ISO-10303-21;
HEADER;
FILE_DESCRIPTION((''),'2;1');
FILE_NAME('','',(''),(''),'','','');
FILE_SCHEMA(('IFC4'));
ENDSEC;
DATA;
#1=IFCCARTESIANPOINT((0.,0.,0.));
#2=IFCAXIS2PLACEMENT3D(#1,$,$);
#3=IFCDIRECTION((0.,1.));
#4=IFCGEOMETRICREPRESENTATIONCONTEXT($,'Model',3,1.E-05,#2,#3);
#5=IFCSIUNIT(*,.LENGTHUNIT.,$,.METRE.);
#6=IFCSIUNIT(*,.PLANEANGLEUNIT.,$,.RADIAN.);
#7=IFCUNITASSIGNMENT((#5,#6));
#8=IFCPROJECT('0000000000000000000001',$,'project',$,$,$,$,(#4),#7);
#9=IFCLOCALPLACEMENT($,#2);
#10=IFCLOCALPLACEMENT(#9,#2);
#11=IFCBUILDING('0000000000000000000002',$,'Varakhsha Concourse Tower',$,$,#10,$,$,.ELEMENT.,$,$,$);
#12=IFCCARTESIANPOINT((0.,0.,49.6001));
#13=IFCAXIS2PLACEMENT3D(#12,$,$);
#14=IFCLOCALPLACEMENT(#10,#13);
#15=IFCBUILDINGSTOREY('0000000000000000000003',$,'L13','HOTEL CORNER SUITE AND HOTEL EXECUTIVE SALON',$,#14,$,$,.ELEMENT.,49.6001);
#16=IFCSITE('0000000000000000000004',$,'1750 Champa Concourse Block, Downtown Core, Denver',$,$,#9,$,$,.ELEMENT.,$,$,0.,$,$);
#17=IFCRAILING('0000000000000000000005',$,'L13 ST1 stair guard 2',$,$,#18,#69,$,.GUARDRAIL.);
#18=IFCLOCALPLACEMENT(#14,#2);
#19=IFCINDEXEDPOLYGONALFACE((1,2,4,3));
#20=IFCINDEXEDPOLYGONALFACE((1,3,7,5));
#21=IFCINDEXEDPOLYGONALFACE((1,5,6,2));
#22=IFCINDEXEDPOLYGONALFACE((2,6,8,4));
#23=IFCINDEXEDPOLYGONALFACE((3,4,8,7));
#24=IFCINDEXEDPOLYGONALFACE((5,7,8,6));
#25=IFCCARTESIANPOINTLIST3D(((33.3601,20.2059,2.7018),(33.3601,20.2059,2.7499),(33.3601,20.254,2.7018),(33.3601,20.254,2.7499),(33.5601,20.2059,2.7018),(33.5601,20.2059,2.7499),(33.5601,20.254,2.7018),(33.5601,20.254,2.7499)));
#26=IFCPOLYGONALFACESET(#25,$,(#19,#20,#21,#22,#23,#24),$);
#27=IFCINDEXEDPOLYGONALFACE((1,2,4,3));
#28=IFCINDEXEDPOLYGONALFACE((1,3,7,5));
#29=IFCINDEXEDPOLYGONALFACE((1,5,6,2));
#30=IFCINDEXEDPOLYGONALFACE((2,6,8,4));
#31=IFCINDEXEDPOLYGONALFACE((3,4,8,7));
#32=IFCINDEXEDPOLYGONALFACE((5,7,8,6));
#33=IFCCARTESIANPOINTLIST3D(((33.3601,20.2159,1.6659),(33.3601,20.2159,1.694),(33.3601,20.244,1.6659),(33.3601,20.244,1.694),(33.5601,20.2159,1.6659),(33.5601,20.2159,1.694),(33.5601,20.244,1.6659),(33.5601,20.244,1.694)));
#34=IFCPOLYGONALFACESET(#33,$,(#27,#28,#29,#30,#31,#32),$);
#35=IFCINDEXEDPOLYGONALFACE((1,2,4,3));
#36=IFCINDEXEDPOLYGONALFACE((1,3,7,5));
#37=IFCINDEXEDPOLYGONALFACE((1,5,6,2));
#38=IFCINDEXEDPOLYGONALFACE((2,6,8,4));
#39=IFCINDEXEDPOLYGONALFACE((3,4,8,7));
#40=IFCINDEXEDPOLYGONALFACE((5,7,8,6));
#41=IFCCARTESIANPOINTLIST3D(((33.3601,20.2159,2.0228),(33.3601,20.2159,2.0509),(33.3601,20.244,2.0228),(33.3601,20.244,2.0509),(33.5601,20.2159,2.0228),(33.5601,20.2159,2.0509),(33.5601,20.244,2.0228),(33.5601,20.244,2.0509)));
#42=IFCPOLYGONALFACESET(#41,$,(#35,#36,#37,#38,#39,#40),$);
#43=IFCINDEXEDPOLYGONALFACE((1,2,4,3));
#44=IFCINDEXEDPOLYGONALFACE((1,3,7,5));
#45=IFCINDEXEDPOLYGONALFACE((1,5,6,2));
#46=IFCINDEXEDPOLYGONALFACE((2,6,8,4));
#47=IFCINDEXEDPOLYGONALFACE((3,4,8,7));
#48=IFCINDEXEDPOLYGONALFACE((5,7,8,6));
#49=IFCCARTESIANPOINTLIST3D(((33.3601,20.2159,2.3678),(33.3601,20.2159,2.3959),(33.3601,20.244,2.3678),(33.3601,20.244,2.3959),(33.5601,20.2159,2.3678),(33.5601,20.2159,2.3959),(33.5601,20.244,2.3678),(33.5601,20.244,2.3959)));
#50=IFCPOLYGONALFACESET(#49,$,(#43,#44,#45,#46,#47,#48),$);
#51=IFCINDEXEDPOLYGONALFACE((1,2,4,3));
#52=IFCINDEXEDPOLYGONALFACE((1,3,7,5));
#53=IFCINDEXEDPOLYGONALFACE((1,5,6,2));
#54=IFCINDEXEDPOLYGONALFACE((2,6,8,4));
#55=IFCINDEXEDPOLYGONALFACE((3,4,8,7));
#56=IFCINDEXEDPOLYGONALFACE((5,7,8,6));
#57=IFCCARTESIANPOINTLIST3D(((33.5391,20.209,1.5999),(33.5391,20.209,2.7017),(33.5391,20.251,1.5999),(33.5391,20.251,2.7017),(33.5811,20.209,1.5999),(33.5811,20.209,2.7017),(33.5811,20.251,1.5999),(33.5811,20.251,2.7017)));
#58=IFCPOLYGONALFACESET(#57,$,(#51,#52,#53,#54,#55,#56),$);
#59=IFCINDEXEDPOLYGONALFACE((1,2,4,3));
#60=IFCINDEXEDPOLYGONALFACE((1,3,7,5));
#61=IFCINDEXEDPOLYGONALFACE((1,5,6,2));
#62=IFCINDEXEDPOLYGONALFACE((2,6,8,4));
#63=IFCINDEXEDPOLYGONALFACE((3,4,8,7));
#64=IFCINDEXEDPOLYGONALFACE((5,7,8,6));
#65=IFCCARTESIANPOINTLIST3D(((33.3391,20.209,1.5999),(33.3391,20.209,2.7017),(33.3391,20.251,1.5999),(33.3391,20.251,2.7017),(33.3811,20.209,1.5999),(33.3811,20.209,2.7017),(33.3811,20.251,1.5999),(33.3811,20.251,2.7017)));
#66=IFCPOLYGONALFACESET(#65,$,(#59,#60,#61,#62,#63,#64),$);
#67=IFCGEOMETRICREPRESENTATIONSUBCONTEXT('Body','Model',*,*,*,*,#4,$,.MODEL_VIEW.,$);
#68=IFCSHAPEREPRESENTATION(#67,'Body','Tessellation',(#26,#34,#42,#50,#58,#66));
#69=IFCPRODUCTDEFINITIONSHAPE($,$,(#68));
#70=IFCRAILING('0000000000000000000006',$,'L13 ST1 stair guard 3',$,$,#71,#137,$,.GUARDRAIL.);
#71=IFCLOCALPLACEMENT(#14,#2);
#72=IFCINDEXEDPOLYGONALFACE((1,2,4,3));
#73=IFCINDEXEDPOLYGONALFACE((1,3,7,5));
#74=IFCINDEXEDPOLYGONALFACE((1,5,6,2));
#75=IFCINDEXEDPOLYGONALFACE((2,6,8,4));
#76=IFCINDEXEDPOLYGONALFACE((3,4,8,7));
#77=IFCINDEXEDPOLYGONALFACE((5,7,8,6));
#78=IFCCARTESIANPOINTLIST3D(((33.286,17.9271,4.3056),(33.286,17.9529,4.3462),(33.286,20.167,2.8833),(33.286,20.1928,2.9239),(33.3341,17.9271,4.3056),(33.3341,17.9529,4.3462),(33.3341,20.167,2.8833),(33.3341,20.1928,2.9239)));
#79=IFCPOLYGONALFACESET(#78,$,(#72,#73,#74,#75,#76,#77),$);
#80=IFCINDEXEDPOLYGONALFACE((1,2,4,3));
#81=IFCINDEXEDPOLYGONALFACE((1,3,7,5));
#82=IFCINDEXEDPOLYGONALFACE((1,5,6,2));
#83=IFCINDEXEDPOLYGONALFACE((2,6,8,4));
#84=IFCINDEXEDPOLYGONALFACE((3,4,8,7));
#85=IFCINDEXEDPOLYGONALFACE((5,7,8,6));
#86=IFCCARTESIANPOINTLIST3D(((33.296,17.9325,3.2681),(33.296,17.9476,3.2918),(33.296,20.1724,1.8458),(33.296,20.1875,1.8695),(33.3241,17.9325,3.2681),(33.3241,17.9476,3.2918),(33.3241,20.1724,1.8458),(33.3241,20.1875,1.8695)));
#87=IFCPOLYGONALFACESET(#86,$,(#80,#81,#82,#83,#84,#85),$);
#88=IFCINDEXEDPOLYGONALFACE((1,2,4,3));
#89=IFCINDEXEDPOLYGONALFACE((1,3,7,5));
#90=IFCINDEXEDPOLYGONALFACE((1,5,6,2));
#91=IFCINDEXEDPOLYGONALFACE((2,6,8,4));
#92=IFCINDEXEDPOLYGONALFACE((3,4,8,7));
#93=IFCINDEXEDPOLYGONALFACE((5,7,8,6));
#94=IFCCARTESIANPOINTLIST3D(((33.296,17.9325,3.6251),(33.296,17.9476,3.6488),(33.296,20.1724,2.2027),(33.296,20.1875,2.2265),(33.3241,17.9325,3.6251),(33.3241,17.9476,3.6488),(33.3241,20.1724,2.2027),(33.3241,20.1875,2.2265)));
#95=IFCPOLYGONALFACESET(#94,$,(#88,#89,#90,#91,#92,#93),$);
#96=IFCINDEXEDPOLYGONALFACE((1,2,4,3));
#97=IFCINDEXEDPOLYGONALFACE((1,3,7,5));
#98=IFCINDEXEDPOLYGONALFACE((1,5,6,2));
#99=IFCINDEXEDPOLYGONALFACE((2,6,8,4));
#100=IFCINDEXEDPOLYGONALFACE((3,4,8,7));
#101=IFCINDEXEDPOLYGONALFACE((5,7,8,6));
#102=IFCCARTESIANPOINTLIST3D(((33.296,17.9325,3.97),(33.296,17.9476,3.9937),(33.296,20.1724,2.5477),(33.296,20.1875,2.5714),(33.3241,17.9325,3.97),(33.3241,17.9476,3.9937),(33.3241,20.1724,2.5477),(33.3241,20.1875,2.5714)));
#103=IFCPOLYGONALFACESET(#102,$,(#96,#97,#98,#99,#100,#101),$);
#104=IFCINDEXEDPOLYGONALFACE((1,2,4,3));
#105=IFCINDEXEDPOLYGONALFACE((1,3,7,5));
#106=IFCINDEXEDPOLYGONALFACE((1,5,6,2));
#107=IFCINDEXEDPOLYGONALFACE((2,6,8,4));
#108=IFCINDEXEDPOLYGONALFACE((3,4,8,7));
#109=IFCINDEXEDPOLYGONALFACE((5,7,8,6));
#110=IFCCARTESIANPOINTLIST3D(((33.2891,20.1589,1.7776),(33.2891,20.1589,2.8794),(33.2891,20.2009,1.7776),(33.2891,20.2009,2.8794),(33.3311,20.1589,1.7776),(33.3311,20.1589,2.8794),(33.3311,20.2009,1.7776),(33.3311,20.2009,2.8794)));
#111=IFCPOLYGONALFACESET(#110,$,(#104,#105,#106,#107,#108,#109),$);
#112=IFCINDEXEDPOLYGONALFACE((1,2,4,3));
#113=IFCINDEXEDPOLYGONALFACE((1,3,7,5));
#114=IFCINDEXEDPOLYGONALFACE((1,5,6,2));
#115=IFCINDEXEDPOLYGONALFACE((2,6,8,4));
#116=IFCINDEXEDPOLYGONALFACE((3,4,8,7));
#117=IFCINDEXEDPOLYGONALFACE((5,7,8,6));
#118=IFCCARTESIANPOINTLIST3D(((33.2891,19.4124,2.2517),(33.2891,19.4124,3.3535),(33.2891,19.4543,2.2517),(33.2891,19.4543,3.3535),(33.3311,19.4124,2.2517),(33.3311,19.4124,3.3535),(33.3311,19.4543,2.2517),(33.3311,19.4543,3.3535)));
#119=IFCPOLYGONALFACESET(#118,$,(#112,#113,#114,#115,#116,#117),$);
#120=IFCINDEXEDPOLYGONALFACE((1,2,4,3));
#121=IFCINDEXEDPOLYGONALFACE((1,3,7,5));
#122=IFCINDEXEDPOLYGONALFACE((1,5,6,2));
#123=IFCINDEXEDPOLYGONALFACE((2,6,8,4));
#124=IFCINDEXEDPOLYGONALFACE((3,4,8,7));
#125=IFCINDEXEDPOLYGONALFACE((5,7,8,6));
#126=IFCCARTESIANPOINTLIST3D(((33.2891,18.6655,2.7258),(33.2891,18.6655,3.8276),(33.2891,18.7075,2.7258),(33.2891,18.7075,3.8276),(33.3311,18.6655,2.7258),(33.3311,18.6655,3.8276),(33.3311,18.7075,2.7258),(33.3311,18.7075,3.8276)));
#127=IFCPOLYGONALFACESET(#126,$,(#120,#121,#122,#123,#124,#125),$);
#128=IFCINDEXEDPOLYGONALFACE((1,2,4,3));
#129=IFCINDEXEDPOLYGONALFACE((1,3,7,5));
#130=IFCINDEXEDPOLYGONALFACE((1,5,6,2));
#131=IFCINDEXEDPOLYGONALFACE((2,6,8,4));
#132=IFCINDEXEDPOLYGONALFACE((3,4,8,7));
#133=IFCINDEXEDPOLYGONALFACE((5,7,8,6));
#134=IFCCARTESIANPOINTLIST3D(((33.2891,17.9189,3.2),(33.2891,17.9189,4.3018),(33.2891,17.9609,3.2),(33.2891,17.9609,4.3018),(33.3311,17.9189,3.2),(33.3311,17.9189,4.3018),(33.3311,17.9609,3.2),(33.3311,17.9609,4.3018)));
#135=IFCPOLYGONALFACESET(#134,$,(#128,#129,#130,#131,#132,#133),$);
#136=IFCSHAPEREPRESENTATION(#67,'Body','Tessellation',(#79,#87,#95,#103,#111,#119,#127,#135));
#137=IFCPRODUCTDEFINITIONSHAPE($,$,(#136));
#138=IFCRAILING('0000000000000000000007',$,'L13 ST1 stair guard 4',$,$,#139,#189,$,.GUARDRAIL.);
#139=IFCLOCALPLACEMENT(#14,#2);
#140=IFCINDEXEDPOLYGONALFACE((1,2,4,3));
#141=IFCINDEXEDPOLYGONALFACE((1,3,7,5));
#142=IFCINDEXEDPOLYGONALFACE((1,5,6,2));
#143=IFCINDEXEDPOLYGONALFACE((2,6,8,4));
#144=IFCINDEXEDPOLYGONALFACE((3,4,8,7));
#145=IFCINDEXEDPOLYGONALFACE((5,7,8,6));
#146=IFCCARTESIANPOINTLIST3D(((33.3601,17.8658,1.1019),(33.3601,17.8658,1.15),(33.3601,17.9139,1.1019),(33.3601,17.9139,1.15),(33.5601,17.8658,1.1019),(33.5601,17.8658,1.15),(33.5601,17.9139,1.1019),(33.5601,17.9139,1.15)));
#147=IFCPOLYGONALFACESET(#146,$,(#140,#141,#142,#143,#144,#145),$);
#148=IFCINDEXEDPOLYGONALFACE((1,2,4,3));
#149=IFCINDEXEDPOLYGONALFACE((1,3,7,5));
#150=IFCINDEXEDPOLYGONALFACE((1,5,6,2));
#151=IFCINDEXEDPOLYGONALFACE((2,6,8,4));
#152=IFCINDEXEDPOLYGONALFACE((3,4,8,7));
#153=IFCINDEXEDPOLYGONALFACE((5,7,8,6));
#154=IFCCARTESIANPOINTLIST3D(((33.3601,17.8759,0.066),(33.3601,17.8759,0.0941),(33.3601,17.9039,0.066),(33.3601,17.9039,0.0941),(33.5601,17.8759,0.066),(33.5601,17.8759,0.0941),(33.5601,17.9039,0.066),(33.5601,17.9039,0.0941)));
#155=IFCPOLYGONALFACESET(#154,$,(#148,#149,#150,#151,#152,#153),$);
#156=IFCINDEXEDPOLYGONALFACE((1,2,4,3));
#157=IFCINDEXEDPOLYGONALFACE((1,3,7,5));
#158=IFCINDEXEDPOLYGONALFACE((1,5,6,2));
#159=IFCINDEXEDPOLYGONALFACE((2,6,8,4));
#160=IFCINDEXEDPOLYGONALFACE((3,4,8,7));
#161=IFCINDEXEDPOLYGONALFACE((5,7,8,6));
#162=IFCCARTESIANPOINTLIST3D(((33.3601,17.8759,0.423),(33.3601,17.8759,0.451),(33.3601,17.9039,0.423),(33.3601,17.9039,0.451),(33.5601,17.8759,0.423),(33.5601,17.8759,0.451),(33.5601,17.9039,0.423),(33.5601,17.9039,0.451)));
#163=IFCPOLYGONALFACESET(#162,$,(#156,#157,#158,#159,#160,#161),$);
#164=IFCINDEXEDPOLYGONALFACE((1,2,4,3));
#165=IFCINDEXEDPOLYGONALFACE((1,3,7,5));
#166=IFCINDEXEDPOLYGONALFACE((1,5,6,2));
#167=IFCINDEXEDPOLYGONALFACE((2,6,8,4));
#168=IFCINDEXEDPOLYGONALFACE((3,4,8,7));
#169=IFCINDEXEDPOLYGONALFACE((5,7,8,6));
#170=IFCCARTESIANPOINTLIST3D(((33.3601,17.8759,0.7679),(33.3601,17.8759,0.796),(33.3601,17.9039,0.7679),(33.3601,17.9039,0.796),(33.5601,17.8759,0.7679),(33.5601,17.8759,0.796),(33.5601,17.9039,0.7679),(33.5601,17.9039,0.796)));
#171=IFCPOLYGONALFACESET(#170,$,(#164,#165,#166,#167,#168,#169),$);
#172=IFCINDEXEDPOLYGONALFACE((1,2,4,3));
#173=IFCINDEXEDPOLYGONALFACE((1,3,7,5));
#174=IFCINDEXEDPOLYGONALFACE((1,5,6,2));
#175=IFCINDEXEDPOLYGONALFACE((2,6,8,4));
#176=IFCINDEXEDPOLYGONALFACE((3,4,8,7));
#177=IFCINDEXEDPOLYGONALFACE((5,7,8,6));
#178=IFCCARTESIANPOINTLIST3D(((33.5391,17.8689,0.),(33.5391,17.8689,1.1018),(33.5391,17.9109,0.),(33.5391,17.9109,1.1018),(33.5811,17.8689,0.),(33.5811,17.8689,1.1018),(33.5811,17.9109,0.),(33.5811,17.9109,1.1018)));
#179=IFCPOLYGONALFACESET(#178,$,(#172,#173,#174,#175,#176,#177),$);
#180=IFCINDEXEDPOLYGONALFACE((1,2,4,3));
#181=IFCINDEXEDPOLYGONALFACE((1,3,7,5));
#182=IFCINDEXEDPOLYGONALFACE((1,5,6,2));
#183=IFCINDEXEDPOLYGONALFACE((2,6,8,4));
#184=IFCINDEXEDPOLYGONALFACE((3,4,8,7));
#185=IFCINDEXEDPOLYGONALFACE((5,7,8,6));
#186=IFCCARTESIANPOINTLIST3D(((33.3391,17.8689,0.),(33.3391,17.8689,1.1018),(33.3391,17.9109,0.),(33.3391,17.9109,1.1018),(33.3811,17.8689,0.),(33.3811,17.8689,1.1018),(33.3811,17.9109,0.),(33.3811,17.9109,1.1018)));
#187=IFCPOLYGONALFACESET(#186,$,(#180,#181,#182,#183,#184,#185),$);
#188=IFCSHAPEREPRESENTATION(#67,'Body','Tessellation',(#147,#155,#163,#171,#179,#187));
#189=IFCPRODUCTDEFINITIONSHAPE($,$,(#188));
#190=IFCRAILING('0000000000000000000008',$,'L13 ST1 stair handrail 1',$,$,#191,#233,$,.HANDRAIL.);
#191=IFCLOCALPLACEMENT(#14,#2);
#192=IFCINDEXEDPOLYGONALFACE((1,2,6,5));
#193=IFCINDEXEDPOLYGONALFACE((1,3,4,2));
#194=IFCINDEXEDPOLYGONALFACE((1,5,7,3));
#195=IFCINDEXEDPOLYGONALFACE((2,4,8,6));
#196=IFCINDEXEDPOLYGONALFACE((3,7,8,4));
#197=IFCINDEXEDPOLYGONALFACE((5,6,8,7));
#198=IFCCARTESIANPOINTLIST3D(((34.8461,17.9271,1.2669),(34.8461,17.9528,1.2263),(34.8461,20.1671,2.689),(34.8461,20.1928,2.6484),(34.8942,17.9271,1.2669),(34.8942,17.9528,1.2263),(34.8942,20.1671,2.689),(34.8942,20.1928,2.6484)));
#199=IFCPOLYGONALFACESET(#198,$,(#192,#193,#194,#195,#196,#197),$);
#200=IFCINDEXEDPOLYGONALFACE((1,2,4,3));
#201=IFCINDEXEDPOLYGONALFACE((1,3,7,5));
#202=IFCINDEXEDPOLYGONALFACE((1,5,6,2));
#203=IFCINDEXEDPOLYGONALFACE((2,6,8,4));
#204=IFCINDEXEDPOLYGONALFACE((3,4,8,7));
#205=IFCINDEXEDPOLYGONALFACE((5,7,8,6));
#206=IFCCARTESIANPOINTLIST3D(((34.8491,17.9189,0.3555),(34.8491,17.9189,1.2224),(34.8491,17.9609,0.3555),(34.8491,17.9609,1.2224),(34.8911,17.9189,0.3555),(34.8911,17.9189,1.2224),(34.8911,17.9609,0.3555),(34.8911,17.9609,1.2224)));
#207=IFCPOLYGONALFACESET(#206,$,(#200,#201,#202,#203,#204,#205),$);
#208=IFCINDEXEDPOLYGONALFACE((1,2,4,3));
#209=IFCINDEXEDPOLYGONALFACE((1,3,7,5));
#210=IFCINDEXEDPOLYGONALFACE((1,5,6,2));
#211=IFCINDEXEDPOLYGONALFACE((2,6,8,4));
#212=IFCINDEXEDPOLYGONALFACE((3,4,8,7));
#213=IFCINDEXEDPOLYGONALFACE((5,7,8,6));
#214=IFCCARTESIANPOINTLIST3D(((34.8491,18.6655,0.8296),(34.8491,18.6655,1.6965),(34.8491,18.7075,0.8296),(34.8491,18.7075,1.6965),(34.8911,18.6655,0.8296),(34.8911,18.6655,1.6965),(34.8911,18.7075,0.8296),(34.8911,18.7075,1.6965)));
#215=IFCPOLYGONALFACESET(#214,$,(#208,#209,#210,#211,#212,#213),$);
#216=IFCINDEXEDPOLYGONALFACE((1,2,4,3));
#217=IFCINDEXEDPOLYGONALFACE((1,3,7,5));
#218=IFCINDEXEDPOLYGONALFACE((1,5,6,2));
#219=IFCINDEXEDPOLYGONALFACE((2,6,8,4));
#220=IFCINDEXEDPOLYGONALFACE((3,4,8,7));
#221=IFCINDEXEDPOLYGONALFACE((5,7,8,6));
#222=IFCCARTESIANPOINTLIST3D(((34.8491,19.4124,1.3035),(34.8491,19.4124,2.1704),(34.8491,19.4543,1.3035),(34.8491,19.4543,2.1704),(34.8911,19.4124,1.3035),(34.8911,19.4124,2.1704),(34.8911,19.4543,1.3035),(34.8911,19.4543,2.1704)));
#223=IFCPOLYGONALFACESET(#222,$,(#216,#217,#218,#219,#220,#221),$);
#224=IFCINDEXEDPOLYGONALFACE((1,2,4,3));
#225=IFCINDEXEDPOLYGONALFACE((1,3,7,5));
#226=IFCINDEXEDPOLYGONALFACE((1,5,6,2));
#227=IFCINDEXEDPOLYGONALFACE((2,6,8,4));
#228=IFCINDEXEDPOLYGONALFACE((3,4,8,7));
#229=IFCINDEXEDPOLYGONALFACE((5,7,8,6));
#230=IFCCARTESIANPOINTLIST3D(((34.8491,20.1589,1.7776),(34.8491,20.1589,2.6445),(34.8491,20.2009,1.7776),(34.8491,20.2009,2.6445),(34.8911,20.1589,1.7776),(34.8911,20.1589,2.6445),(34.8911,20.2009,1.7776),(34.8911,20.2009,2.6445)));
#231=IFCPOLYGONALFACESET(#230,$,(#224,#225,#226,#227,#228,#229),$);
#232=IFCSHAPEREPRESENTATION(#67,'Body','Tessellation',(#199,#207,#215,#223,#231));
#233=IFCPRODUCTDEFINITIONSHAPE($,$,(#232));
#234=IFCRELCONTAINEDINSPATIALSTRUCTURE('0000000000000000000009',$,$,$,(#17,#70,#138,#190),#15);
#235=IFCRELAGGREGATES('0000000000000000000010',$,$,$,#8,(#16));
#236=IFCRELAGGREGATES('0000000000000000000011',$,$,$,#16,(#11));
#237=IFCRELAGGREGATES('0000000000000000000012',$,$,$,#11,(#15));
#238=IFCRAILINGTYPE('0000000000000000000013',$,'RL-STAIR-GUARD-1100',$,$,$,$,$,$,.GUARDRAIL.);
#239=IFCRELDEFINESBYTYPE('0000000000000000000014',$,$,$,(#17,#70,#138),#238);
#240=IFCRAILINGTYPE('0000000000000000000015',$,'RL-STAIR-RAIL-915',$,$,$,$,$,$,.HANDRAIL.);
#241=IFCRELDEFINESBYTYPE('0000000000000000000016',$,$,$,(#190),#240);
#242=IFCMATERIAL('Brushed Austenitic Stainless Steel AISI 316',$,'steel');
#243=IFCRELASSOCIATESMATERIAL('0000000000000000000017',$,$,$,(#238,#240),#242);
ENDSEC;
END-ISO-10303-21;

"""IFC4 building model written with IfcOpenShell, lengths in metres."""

from ifc_helpers import new_model, si_unit, direction, frame, origin, origin_2d, place, context, subcontext, project, spatial, rectangle, extrude, material, type_object, element, save


model = new_model("IFC4")

# Units and contexts
model_context = context("Model", 3, precision=1e-05, world=origin(), true_north=direction((0.0, 1.0)))
body_context = subcontext(model_context, "Body", "Model", "MODEL_VIEW")
ifc_project = project(units=[si_unit("LENGTHUNIT", "METRE"), si_unit("PLANEANGLEUNIT", "RADIAN")], contexts=[model_context])

# Site, building, storey
site_placement = place(None, origin())
site = spatial("IfcSite", under=ifc_project, at=site_placement, Name="1750 Champa Concourse Block, Downtown Core, Denver", CompositionType="ELEMENT", RefElevation=0.0)
building_placement = place(site_placement, origin())
building = spatial("IfcBuilding", under=site, at=building_placement, Name="Varakhsha Concourse Tower", CompositionType="ELEMENT")
storey_placement = place(building_placement, frame((0.0, 0.0, 49.6001)))
storey = spatial("IfcBuildingStorey", under=building, at=storey_placement, Name="L13", Description="HOTEL CORNER SUITE AND HOTEL EXECUTIVE SALON", CompositionType="ELEMENT", Elevation=49.6001)

# Shared definitions
ifc_material_1 = material(Name="Brushed Austenitic Stainless Steel AISI 316", Category="steel")

# Railings
railing_type_1 = type_object("IfcRailingType", Name="RL-STAIR-GUARD-1100", PredefinedType="GUARDRAIL", material=ifc_material_1)
railing_1_placement = place(storey_placement, frame((33.5601, 20.23, 1.5999)))
element("IfcRailing", 1, at=railing_1_placement, inside=storey, type_object=railing_type_1, Name="L13 ST1 stair guard 2", PredefinedType="GUARDRAIL", context=body_context, shape_type="SweptSolid", body=[
    extrude(rectangle(XDim=0.0481, YDim=0.0481, at=origin_2d()), frame((0.0, 0.0, 1.126), z_axis=(-1.0, 0.0, 0.0), x_axis=(0.0, -1.0, 0.0)), (0.0, 0.0, 1.0), 0.2),
    extrude(rectangle(XDim=0.0281, YDim=0.0281, at=origin_2d()), frame((0.0, 0.0, 0.0801), z_axis=(-1.0, 0.0, 0.0), x_axis=(0.0, -1.0, 0.0)), (0.0, 0.0, 1.0), 0.2),
    extrude(rectangle(XDim=0.0281, YDim=0.0281, at=origin_2d()), frame((0.0, 0.0, 0.437), z_axis=(-1.0, 0.0, 0.0), x_axis=(0.0, -1.0, 0.0)), (0.0, 0.0, 1.0), 0.2),
    extrude(rectangle(XDim=0.0281, YDim=0.0281, at=origin_2d()), frame((0.0, 0.0, 0.782), z_axis=(-1.0, 0.0, 0.0), x_axis=(0.0, -1.0, 0.0)), (0.0, 0.0, 1.0), 0.2),
    extrude(rectangle(XDim=0.042, YDim=0.042, at=origin_2d()), origin(), (0.0, 0.0, 1.0), 1.1018),
    extrude(rectangle(XDim=0.042, YDim=0.042, at=origin_2d()), frame((-0.2, 0.0, 0.0)), (0.0, 0.0, 1.0), 1.1018),
])
railing_2_placement = place(storey_placement, frame((33.3101, 20.1799, 1.7776)))
element("IfcRailing", 2, at=railing_2_placement, inside=storey, type_object=railing_type_1, Name="L13 ST1 stair guard 3", PredefinedType="GUARDRAIL", context=body_context, shape_type="SweptSolid", body=[
    extrude(rectangle(XDim=0.0481, YDim=0.0481, at=origin_2d()), frame((0.0, 0.0, 1.126), z_axis=(0.0, -0.844188, 0.536048), x_axis=(1.0, 0.0, 0.0)), (0.0, 0.0, 1.0), 2.6533),
    extrude(rectangle(XDim=0.0281, YDim=0.0281, at=origin_2d()), frame((0.0, 0.0, 0.0801), z_axis=(0.0, -0.844188, 0.536048), x_axis=(1.0, 0.0, 0.0)), (0.0, 0.0, 1.0), 2.6533),
    extrude(rectangle(XDim=0.0281, YDim=0.0281, at=origin_2d()), frame((0.0, 0.0, 0.437), z_axis=(0.0, -0.844188, 0.536048), x_axis=(1.0, 0.0, 0.0)), (0.0, 0.0, 1.0), 2.6533),
    extrude(rectangle(XDim=0.0281, YDim=0.0281, at=origin_2d()), frame((0.0, 0.0, 0.782), z_axis=(0.0, -0.844188, 0.536048), x_axis=(1.0, 0.0, 0.0)), (0.0, 0.0, 1.0), 2.6533),
    extrude(rectangle(XDim=0.042, YDim=0.042, at=origin_2d()), origin(), (0.0, 0.0, 1.0), 1.1018),
    extrude(rectangle(XDim=0.042, YDim=0.042, at=origin_2d()), frame((0.0, -0.7466, 0.4741)), (0.0, 0.0, 1.0), 1.1018),
    extrude(rectangle(XDim=0.042, YDim=0.042, at=origin_2d()), frame((0.0, -1.4934, 0.9482)), (0.0, 0.0, 1.0), 1.1018),
    extrude(rectangle(XDim=0.042, YDim=0.042, at=origin_2d()), frame((0.0, -2.24, 1.4224)), (0.0, 0.0, 1.0), 1.1018),
])
railing_3_placement = place(storey_placement, frame((33.5601, 17.8899, 0.0)))
element("IfcRailing", 3, at=railing_3_placement, inside=storey, type_object=railing_type_1, Name="L13 ST1 stair guard 4", PredefinedType="GUARDRAIL", context=body_context, shape_type="SweptSolid", body=[
    extrude(rectangle(XDim=0.0481, YDim=0.0481, at=origin_2d()), frame((0.0, 0.0, 1.126), z_axis=(-1.0, 0.0, 0.0), x_axis=(0.0, -1.0, 0.0)), (0.0, 0.0, 1.0), 0.2),
    extrude(rectangle(XDim=0.0281, YDim=0.0281, at=origin_2d()), frame((0.0, 0.0, 0.0801), z_axis=(-1.0, 0.0, 0.0), x_axis=(0.0, -1.0, 0.0)), (0.0, 0.0, 1.0), 0.2),
    extrude(rectangle(XDim=0.0281, YDim=0.0281, at=origin_2d()), frame((0.0, 0.0, 0.437), z_axis=(-1.0, 0.0, 0.0), x_axis=(0.0, -1.0, 0.0)), (0.0, 0.0, 1.0), 0.2),
    extrude(rectangle(XDim=0.0281, YDim=0.0281, at=origin_2d()), frame((0.0, 0.0, 0.782), z_axis=(-1.0, 0.0, 0.0), x_axis=(0.0, -1.0, 0.0)), (0.0, 0.0, 1.0), 0.2),
    extrude(rectangle(XDim=0.042, YDim=0.042, at=origin_2d()), origin(), (0.0, 0.0, 1.0), 1.1018),
    extrude(rectangle(XDim=0.042, YDim=0.042, at=origin_2d()), frame((-0.2, 0.0, 0.0)), (0.0, 0.0, 1.0), 1.1018),
])
railing_type_2 = type_object("IfcRailingType", Name="RL-STAIR-RAIL-915", PredefinedType="HANDRAIL", material=ifc_material_1)
railing_4_placement = place(storey_placement, frame((34.8701, 17.9399, 0.3555)))
element("IfcRailing", 4, at=railing_4_placement, inside=storey, type_object=railing_type_2, Name="L13 ST1 stair handrail 1", PredefinedType="HANDRAIL", context=body_context, shape_type="SweptSolid", body=[
    extrude(rectangle(XDim=0.0481, YDim=0.0481, at=origin_2d()), frame((0.0, 0.0, 0.8911), z_axis=(0.0, 0.844229, 0.535982), x_axis=(-1.0, 0.0, 0.0)), (0.0, 0.0, 1.0), 2.6533),
    extrude(rectangle(XDim=0.042, YDim=0.042, at=origin_2d()), origin(), (0.0, 0.0, 1.0), 0.8669),
    extrude(rectangle(XDim=0.042, YDim=0.042, at=origin_2d()), frame((0.0, 0.7466, 0.4741)), (0.0, 0.0, 1.0), 0.8669),
    extrude(rectangle(XDim=0.042, YDim=0.042, at=origin_2d()), frame((0.0, 1.4934, 0.948)), (0.0, 0.0, 1.0), 0.8669),
    extrude(rectangle(XDim=0.042, YDim=0.042, at=origin_2d()), frame((0.0, 2.24, 1.4221)), (0.0, 0.0, 1.0), 0.8669),
])

save(model, "model.ifc")
